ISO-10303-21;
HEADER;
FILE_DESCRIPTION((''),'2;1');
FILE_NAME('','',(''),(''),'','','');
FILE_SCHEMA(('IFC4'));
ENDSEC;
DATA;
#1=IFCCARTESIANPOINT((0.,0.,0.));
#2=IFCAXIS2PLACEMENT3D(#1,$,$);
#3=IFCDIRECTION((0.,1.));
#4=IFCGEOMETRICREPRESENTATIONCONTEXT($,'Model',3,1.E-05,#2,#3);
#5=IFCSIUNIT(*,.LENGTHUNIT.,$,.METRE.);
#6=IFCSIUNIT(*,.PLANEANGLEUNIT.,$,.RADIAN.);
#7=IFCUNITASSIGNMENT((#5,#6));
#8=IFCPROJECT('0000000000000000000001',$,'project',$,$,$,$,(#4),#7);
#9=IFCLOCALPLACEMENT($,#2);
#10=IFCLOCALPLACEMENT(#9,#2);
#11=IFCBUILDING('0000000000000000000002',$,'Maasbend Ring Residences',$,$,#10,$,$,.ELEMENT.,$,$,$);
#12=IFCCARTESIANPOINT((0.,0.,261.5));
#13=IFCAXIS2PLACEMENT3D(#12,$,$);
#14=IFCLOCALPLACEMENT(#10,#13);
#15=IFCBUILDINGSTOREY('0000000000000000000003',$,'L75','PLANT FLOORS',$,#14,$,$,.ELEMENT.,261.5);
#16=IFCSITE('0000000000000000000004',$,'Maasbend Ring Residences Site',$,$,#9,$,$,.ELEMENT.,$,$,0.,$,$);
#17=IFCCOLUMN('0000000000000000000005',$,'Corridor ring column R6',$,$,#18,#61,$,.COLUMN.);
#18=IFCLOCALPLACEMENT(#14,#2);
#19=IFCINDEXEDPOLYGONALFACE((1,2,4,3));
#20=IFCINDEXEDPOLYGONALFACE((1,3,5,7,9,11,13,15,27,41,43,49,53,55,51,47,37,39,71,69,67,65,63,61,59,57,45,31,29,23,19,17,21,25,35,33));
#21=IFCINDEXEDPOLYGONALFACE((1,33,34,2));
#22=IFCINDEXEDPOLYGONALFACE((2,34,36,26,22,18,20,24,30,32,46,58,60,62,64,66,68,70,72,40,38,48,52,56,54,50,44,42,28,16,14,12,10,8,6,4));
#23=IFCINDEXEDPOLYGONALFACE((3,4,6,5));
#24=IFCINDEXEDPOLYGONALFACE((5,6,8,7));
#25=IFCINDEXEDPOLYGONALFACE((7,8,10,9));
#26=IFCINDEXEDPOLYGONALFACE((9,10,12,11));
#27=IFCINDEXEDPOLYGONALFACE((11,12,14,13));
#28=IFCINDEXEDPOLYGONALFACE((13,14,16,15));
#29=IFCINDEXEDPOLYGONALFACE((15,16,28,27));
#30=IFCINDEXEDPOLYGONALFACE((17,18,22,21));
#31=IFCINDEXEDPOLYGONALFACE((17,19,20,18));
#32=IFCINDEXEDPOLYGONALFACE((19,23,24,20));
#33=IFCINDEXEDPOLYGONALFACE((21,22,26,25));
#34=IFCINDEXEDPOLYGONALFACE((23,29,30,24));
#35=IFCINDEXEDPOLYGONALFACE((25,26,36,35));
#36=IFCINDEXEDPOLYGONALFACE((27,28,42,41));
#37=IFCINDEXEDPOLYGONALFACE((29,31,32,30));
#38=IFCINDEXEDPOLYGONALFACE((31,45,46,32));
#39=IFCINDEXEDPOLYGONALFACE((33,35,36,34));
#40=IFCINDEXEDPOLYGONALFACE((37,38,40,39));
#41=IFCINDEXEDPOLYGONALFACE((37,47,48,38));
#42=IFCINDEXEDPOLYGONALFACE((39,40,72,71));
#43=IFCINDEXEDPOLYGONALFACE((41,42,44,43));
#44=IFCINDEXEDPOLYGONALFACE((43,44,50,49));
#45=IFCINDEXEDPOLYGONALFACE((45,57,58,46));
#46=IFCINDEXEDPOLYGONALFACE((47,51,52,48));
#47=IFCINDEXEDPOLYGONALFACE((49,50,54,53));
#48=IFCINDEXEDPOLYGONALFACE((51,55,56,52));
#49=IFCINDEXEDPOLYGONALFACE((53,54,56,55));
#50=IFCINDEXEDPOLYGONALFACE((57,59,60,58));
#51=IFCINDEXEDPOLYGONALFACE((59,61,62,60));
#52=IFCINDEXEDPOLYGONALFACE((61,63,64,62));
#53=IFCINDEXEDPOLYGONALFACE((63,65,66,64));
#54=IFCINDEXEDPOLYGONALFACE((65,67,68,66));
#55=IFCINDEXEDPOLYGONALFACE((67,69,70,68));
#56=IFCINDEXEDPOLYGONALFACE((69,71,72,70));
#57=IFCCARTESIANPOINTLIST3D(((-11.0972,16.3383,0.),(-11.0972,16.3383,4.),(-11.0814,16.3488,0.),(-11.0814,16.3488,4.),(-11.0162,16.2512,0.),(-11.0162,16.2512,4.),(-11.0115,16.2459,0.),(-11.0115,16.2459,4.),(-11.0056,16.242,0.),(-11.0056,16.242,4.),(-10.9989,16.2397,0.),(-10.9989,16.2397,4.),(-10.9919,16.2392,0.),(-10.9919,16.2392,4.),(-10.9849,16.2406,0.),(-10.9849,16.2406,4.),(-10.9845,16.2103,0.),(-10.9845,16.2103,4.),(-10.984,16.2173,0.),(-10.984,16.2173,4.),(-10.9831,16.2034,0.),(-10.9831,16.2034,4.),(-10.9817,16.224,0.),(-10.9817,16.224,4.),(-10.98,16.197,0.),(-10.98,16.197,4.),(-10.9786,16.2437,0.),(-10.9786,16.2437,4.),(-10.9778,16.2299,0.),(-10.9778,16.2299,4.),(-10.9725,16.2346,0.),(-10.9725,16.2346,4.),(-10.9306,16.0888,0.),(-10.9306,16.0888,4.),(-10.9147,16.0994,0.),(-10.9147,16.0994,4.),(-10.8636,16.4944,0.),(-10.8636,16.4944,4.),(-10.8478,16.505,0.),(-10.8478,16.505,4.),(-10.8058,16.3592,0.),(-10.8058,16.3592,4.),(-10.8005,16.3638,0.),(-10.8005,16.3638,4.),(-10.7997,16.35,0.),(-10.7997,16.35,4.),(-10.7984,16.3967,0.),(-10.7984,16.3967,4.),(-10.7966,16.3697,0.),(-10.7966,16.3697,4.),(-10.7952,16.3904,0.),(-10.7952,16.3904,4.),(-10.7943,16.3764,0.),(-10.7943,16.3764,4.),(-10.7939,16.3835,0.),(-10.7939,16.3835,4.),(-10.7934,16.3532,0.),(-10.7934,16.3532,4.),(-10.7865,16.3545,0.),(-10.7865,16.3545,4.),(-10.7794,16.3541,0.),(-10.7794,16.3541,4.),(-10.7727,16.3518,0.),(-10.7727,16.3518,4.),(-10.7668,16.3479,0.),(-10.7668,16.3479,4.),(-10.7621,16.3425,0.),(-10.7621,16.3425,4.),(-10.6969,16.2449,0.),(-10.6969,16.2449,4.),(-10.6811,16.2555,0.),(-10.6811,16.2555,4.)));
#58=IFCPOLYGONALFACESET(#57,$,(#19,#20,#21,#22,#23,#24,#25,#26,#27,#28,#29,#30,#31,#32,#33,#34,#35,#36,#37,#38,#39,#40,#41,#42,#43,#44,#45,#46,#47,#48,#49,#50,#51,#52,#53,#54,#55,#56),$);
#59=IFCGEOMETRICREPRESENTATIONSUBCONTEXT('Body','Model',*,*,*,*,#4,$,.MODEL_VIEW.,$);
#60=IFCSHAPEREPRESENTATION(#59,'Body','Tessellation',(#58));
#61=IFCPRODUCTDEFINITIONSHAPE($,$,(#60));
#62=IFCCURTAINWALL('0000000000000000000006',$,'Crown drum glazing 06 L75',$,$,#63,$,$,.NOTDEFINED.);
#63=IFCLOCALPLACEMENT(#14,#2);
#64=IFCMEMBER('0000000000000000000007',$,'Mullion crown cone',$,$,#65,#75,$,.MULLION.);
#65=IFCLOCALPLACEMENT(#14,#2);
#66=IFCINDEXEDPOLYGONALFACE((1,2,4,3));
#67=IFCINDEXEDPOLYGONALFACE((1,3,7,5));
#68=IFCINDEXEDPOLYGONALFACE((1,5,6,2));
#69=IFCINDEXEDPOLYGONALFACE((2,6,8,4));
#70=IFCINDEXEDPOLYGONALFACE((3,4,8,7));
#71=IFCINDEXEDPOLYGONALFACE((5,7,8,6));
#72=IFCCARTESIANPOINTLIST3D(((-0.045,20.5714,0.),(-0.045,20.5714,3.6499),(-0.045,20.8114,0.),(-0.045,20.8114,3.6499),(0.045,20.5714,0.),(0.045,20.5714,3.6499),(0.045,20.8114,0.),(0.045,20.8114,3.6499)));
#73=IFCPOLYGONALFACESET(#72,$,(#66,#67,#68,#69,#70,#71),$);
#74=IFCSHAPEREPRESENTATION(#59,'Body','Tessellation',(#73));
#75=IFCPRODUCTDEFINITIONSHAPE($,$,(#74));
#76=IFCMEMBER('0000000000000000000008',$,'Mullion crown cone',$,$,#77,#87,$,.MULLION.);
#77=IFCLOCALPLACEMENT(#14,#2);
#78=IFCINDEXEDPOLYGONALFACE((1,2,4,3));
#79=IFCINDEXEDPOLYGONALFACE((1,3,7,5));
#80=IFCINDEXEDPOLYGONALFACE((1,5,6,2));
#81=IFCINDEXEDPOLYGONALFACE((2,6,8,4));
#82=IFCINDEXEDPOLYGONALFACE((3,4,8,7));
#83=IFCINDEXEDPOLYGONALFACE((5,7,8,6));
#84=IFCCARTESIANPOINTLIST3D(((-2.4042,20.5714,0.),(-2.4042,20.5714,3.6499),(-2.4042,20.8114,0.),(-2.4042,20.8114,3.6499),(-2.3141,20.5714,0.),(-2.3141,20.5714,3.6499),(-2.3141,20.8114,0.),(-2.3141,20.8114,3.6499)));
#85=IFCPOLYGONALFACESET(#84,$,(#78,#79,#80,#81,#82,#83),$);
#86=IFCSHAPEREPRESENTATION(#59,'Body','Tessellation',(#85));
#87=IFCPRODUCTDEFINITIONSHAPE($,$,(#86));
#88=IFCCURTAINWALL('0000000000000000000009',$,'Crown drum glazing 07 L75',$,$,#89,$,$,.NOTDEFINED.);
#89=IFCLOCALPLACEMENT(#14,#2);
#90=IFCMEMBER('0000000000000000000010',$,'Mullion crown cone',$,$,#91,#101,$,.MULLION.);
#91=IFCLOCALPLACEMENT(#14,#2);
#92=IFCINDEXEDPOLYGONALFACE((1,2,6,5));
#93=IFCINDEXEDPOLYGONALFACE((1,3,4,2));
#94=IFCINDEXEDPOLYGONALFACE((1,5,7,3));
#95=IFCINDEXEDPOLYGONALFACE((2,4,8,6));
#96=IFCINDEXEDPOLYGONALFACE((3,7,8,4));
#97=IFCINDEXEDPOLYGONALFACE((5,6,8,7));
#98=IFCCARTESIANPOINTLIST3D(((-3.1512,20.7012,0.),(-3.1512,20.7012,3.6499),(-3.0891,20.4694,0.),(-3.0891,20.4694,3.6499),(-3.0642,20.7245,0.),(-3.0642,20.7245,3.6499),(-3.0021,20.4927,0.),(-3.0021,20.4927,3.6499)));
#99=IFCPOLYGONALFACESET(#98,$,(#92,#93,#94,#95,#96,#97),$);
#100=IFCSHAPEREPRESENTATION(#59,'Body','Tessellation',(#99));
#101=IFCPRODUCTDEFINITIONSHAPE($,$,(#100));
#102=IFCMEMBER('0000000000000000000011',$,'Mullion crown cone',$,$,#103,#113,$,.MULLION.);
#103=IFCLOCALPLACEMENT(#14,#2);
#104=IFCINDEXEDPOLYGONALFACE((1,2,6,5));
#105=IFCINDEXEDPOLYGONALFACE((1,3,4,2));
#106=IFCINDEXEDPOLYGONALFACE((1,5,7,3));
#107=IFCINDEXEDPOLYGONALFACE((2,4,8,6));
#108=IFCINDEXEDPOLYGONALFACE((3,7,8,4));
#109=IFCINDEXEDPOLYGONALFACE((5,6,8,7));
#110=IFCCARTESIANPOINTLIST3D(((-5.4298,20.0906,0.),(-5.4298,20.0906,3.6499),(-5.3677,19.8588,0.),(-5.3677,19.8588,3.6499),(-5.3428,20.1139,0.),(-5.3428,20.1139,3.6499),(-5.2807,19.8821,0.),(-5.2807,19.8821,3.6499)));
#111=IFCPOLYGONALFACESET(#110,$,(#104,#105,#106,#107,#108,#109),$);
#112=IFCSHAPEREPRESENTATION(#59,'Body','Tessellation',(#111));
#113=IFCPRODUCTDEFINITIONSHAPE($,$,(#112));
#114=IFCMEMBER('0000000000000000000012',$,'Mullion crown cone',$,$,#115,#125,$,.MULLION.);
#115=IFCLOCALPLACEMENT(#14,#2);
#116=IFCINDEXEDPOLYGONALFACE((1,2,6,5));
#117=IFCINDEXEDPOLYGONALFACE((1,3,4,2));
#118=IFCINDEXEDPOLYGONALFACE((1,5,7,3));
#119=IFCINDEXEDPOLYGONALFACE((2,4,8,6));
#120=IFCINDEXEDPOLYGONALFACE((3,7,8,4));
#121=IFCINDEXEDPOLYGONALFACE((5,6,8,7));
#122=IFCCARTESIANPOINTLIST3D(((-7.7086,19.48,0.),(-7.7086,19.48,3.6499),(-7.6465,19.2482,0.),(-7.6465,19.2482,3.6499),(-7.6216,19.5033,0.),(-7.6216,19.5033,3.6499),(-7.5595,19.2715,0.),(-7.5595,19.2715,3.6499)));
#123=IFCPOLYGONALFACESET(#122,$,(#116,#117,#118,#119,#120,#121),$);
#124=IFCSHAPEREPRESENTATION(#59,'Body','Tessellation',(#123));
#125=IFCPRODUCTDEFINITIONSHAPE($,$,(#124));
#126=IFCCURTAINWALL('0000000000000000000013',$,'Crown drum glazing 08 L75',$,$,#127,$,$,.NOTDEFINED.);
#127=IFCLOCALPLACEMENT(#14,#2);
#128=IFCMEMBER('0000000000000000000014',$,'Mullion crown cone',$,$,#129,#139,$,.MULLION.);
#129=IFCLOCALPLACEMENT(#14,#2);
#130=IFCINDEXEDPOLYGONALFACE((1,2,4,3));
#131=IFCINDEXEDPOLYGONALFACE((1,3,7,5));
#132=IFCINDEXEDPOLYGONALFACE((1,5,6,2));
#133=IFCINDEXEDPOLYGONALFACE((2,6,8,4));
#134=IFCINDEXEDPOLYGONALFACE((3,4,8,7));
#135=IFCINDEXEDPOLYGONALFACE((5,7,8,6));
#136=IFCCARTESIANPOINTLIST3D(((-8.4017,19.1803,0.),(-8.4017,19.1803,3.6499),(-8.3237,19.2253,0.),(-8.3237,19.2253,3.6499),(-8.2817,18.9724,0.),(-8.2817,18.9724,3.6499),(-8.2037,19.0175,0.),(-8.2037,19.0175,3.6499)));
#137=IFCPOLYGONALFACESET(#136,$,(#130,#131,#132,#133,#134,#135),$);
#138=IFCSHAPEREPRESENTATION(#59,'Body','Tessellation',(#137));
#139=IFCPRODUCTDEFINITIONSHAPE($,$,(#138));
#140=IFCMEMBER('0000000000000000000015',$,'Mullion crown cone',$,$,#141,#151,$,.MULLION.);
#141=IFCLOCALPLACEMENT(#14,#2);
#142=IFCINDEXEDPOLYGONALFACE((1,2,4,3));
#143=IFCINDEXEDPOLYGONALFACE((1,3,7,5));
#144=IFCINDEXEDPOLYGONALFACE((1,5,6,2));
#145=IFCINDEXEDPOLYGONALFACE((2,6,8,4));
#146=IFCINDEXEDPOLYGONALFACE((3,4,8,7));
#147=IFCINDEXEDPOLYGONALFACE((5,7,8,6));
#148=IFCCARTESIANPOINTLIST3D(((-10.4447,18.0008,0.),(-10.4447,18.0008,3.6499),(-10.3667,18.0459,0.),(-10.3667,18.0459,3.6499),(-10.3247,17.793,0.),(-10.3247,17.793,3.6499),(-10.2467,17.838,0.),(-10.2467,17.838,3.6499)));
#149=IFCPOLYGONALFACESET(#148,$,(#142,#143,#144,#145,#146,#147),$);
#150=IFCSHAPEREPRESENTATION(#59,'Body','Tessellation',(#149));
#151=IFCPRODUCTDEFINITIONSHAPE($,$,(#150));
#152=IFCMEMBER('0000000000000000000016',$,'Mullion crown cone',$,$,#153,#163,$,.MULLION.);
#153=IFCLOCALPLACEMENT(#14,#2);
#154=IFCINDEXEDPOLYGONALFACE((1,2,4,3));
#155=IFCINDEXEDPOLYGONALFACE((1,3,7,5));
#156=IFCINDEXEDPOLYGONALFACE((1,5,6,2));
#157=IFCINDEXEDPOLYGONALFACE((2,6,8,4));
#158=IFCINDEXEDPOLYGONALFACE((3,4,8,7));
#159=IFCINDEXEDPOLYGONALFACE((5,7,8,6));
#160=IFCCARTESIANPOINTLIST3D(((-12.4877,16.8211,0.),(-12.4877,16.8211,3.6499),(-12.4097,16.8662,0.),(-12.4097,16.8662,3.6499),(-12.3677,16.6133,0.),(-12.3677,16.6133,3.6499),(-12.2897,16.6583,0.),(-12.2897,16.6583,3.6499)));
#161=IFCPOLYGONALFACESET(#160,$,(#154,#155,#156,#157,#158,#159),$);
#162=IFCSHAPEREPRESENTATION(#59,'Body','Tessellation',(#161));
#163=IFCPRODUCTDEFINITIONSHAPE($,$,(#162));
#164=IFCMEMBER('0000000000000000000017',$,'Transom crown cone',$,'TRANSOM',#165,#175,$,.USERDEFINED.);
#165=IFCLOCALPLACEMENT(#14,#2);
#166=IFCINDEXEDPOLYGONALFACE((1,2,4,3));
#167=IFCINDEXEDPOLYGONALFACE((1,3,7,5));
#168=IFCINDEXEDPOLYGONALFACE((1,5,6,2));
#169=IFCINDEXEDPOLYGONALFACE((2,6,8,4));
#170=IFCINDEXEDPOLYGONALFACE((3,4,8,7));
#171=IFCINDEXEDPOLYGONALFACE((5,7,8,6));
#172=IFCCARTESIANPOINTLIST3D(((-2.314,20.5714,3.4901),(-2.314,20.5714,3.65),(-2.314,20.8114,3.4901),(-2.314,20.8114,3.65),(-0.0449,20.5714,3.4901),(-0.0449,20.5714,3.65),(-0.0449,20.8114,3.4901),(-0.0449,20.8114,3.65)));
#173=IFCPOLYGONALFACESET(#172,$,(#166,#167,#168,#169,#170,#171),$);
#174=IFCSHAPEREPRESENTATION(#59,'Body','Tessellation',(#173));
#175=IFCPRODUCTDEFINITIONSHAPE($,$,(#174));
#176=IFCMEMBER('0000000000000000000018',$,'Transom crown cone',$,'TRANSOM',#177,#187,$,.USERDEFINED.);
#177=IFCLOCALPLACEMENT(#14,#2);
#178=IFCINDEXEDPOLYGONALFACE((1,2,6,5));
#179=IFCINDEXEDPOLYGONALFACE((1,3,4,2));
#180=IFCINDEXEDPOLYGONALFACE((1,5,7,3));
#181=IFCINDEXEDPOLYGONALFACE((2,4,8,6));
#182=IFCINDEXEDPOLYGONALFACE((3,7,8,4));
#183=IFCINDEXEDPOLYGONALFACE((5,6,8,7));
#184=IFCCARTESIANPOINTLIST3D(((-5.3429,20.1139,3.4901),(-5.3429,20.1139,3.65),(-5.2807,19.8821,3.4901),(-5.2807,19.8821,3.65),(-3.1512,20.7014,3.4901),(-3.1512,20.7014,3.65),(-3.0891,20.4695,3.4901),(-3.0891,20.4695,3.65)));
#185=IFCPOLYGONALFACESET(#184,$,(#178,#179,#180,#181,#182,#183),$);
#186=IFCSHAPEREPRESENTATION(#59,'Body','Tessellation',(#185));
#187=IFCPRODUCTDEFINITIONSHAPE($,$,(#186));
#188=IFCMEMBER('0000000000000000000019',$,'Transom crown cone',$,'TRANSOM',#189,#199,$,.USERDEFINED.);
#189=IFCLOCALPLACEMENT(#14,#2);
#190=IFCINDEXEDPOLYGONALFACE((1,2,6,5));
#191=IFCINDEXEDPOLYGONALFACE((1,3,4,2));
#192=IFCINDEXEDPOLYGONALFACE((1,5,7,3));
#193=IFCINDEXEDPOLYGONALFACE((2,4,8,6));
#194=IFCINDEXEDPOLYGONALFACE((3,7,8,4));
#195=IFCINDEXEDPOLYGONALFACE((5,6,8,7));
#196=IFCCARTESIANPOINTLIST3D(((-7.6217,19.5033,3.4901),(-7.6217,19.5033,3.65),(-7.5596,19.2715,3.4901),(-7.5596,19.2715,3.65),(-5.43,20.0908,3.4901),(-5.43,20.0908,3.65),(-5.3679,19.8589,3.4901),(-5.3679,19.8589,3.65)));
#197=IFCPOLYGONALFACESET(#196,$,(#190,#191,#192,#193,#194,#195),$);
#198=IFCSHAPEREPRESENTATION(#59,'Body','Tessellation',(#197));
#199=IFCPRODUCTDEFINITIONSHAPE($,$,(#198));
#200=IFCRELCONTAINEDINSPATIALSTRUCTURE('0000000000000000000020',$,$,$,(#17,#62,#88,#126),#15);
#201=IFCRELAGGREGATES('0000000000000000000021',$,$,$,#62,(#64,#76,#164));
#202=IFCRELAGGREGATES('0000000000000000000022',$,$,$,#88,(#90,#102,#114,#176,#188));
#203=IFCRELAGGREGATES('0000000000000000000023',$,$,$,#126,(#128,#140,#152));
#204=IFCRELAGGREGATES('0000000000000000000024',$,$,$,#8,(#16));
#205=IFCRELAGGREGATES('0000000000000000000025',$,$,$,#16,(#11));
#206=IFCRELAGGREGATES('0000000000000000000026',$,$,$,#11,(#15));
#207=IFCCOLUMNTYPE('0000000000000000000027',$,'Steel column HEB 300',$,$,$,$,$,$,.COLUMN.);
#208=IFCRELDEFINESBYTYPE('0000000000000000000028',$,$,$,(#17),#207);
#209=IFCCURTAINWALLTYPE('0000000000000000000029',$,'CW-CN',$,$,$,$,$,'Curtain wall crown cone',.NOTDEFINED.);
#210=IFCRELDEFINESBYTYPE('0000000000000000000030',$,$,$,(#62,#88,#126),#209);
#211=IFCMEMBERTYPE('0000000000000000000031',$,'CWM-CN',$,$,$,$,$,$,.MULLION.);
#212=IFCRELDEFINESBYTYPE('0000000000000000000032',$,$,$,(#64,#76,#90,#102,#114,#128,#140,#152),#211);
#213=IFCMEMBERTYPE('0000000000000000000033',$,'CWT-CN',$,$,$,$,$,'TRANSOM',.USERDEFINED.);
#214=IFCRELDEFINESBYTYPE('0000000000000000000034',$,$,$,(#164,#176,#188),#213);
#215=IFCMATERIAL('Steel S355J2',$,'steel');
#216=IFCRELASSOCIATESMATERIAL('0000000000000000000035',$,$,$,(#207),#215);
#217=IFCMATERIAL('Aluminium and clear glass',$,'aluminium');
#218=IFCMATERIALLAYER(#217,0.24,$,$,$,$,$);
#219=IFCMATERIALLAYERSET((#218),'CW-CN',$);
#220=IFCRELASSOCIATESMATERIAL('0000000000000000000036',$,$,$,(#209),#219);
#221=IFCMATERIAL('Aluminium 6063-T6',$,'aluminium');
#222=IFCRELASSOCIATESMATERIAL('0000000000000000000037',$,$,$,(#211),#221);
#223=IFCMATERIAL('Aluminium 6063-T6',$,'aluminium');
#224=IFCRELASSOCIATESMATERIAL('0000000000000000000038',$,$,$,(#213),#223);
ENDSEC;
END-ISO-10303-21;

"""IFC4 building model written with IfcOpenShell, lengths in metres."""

from ifc_helpers import new_model, si_unit, direction, frame, origin, origin_2d, place, context, subcontext, project, spatial, rectangle, i_section, extrude, material, layer, layer_set, material_profile, profile_set, type_object, element, aggregate, save


model = new_model("IFC4")

# Units and contexts
model_context = context("Model", 3, precision=1e-05, world=origin(), true_north=direction((0.0, 1.0)))
body_context = subcontext(model_context, "Body", "Model", "MODEL_VIEW")
ifc_project = project(units=[si_unit("LENGTHUNIT", "METRE"), si_unit("PLANEANGLEUNIT", "RADIAN")], contexts=[model_context])

# Site, building, storey
site_placement = place(None, origin())
site = spatial("IfcSite", under=ifc_project, at=site_placement, Name="Maasbend Ring Residences Site", CompositionType="ELEMENT", RefElevation=0.0)
building_placement = place(site_placement, origin())
building = spatial("IfcBuilding", under=site, at=building_placement, Name="Maasbend Ring Residences", CompositionType="ELEMENT")
storey_placement = place(building_placement, frame((0.0, 0.0, 261.5)))
storey = spatial("IfcBuildingStorey", under=building, at=storey_placement, Name="L75", Description="PLANT FLOORS", CompositionType="ELEMENT", Elevation=261.5)

# Column
ifc_material_1 = material(Name="Steel S355J2", Category="steel")
ifc_material_profile_1 = material_profile(ifc_material_1, i_section(OverallWidth=0.3, OverallDepth=0.3, WebThickness=0.011, FlangeThickness=0.019, FilletRadius=0.0271, at=origin_2d()), Name="HEB 300")
ifc_profile_set_1 = profile_set([ifc_material_profile_1], Name="Steel S355J2")
column_type_1 = type_object("IfcColumnType", Name="Steel column HEB 300", PredefinedType="COLUMN", material=ifc_profile_set_1)
for number, where, z_axis, x_axis, name in (
    (1, (-10.8892, 16.2969, 0.0), (0.0, 0.0, 1.0), (-0.55557, 0.83147, 0.0), "Corridor ring column R6"),
):
    element("IfcColumn", number, at=place(storey_placement, frame(where, z_axis=z_axis, x_axis=x_axis)), inside=storey, type_object=column_type_1, Name=name, PredefinedType="COLUMN", context=body_context, shape_type="SweptSolid", body=[
        extrude(i_section(OverallWidth=0.3, OverallDepth=0.3, WebThickness=0.011, FlangeThickness=0.019, FilletRadius=0.0271, at=origin_2d()), origin(), (0.0, 0.0, 1.0), 4.0),
    ])

# Curtain walls, members
ifc_material_2 = material(Name="Aluminium and clear glass", Category="aluminium")
ifc_layer_1 = layer(ifc_material_2, 0.24)
ifc_layer_set_1 = layer_set([ifc_layer_1], Name="CW-CN")
curtain_wall_type = type_object("IfcCurtainWallType", Name="CW-CN", ElementType="Curtain wall crown cone", PredefinedType="NOTDEFINED", material=ifc_layer_set_1)
curtain_wall_1_placement = place(storey_placement, origin())
curtain_wall_1 = element("IfcCurtainWall", 2, at=curtain_wall_1_placement, inside=storey, type_object=curtain_wall_type, Name="Crown drum glazing 06 L75", PredefinedType="NOTDEFINED")
ifc_material_3 = material(Name="Aluminium 6063-T6", Category="aluminium")
ifc_material_profile_2 = material_profile(ifc_material_3, rectangle(XDim=0.24, YDim=0.0901, at=origin_2d()), Name="AL 240x90")
ifc_profile_set_2 = profile_set([ifc_material_profile_2], Name="Aluminium 6063-T6")
member_type_1 = type_object("IfcMemberType", Name="CWM-CN", PredefinedType="MULLION", material=ifc_profile_set_2)
member_1_placement = place(storey_placement, frame((0.0, 20.6914, 0.0), z_axis=(0.0, 0.0, 1.0), x_axis=(0.0, -1.0, 0.0)))
member_1 = element("IfcMember", 3, at=member_1_placement, type_object=member_type_1, Name="Mullion crown cone", PredefinedType="MULLION", context=body_context, shape_type="SweptSolid", body=[
    extrude(rectangle(XDim=0.24, YDim=0.0901, at=origin_2d()), origin(), (0.0, 0.0, 1.0), 3.6499),
])
member_2_placement = place(storey_placement, frame((-2.3591, 20.6914, 0.0), z_axis=(0.0, 0.0, 1.0), x_axis=(0.0, -1.0, 0.0)))
member_2 = element("IfcMember", 4, at=member_2_placement, type_object=member_type_1, Name="Mullion crown cone", PredefinedType="MULLION", context=body_context, shape_type="SweptSolid", body=[
    extrude(rectangle(XDim=0.24, YDim=0.0901, at=origin_2d()), origin(), (0.0, 0.0, 1.0), 3.6499),
])
curtain_wall_2_placement = place(storey_placement, origin())
curtain_wall_2 = element("IfcCurtainWall", 5, at=curtain_wall_2_placement, inside=storey, type_object=curtain_wall_type, Name="Crown drum glazing 07 L75", PredefinedType="NOTDEFINED")
member_3_placement = place(storey_placement, frame((-3.0767, 20.5969, 0.0), z_axis=(0.0, 0.0, 1.0), x_axis=(0.258819, -0.965926, 0.0)))
member_3 = element("IfcMember", 6, at=member_3_placement, type_object=member_type_1, Name="Mullion crown cone", PredefinedType="MULLION", context=body_context, shape_type="SweptSolid", body=[
    extrude(rectangle(XDim=0.24, YDim=0.0901, at=origin_2d()), origin(), (0.0, 0.0, 1.0), 3.6499),
])
member_4_placement = place(storey_placement, frame((-5.3552, 19.9863, 0.0), z_axis=(0.0, 0.0, 1.0), x_axis=(0.258819, -0.965926, 0.0)))
member_4 = element("IfcMember", 7, at=member_4_placement, type_object=member_type_1, Name="Mullion crown cone", PredefinedType="MULLION", context=body_context, shape_type="SweptSolid", body=[
    extrude(rectangle(XDim=0.24, YDim=0.0901, at=origin_2d()), origin(), (0.0, 0.0, 1.0), 3.6499),
])
member_5_placement = place(storey_placement, frame((-7.634, 19.3757, 0.0), z_axis=(0.0, 0.0, 1.0), x_axis=(0.258819, -0.965926, 0.0)))
member_5 = element("IfcMember", 8, at=member_5_placement, type_object=member_type_1, Name="Mullion crown cone", PredefinedType="MULLION", context=body_context, shape_type="SweptSolid", body=[
    extrude(rectangle(XDim=0.24, YDim=0.0901, at=origin_2d()), origin(), (0.0, 0.0, 1.0), 3.6499),
])
curtain_wall_3_placement = place(storey_placement, origin())
curtain_wall_3 = element("IfcCurtainWall", 9, at=curtain_wall_3_placement, inside=storey, type_object=curtain_wall_type, Name="Crown drum glazing 08 L75", PredefinedType="NOTDEFINED")
member_6_placement = place(storey_placement, frame((-8.3027, 19.0989, 0.0), z_axis=(0.0, 0.0, 1.0), x_axis=(0.5, -0.866025, 0.0)))
member_6 = element("IfcMember", 10, at=member_6_placement, type_object=member_type_1, Name="Mullion crown cone", PredefinedType="MULLION", context=body_context, shape_type="SweptSolid", body=[
    extrude(rectangle(XDim=0.24, YDim=0.0901, at=origin_2d()), origin(), (0.0, 0.0, 1.0), 3.6499),
])
member_7_placement = place(storey_placement, frame((-10.3457, 17.9194, 0.0), z_axis=(0.0, 0.0, 1.0), x_axis=(0.5, -0.866025, 0.0)))
member_7 = element("IfcMember", 11, at=member_7_placement, type_object=member_type_1, Name="Mullion crown cone", PredefinedType="MULLION", context=body_context, shape_type="SweptSolid", body=[
    extrude(rectangle(XDim=0.24, YDim=0.0901, at=origin_2d()), origin(), (0.0, 0.0, 1.0), 3.6499),
])
member_8_placement = place(storey_placement, frame((-12.3887, 16.7397, 0.0), z_axis=(0.0, 0.0, 1.0), x_axis=(0.5, -0.866025, 0.0)))
member_8 = element("IfcMember", 12, at=member_8_placement, type_object=member_type_1, Name="Mullion crown cone", PredefinedType="MULLION", context=body_context, shape_type="SweptSolid", body=[
    extrude(rectangle(XDim=0.24, YDim=0.0901, at=origin_2d()), origin(), (0.0, 0.0, 1.0), 3.6499),
])

# Members
ifc_material_4 = material(Name="Aluminium 6063-T6", Category="aluminium")
ifc_material_profile_3 = material_profile(ifc_material_4, rectangle(XDim=0.24, YDim=0.1599, at=origin_2d()), Name="AL 240x160")
ifc_profile_set_3 = profile_set([ifc_material_profile_3], Name="Aluminium 6063-T6")
member_type_2 = type_object("IfcMemberType", Name="CWT-CN", ElementType="TRANSOM", PredefinedType="USERDEFINED", material=ifc_profile_set_3)
member_9_placement = place(storey_placement, frame((-0.0449, 20.6914, 3.5701), z_axis=(-1.0, 0.0, 0.0), x_axis=(0.0, -1.0, 0.0)))
member_9 = element("IfcMember", 13, at=member_9_placement, type_object=member_type_2, Name="Transom crown cone", ObjectType="TRANSOM", PredefinedType="USERDEFINED", context=body_context, shape_type="SweptSolid", body=[
    extrude(rectangle(XDim=0.24, YDim=0.1599, at=origin_2d()), origin(), (0.0, 0.0, 1.0), 2.269),
])
member_10_placement = place(storey_placement, frame((-3.1201, 20.5854, 3.5701), z_axis=(-0.965909, -0.258881, 0.0), x_axis=(0.258881, -0.965909, 0.0)))
member_10 = element("IfcMember", 14, at=member_10_placement, type_object=member_type_2, Name="Transom crown cone", ObjectType="TRANSOM", PredefinedType="USERDEFINED", context=body_context, shape_type="SweptSolid", body=[
    extrude(rectangle(XDim=0.24, YDim=0.1599, at=origin_2d()), origin(), (0.0, 0.0, 1.0), 2.269),
])
member_11_placement = place(storey_placement, frame((-5.3989, 19.9749, 3.5701), z_axis=(-0.965909, -0.258881, 0.0), x_axis=(0.258881, -0.965909, 0.0)))
member_11 = element("IfcMember", 15, at=member_11_placement, type_object=member_type_2, Name="Transom crown cone", ObjectType="TRANSOM", PredefinedType="USERDEFINED", context=body_context, shape_type="SweptSolid", body=[
    extrude(rectangle(XDim=0.24, YDim=0.1599, at=origin_2d()), origin(), (0.0, 0.0, 1.0), 2.269),
])

aggregate(curtain_wall_1, [member_1, member_2, member_9])
aggregate(curtain_wall_2, [member_3, member_4, member_5, member_10, member_11])
aggregate(curtain_wall_3, [member_6, member_7, member_8])

save(model, "model.ifc")
